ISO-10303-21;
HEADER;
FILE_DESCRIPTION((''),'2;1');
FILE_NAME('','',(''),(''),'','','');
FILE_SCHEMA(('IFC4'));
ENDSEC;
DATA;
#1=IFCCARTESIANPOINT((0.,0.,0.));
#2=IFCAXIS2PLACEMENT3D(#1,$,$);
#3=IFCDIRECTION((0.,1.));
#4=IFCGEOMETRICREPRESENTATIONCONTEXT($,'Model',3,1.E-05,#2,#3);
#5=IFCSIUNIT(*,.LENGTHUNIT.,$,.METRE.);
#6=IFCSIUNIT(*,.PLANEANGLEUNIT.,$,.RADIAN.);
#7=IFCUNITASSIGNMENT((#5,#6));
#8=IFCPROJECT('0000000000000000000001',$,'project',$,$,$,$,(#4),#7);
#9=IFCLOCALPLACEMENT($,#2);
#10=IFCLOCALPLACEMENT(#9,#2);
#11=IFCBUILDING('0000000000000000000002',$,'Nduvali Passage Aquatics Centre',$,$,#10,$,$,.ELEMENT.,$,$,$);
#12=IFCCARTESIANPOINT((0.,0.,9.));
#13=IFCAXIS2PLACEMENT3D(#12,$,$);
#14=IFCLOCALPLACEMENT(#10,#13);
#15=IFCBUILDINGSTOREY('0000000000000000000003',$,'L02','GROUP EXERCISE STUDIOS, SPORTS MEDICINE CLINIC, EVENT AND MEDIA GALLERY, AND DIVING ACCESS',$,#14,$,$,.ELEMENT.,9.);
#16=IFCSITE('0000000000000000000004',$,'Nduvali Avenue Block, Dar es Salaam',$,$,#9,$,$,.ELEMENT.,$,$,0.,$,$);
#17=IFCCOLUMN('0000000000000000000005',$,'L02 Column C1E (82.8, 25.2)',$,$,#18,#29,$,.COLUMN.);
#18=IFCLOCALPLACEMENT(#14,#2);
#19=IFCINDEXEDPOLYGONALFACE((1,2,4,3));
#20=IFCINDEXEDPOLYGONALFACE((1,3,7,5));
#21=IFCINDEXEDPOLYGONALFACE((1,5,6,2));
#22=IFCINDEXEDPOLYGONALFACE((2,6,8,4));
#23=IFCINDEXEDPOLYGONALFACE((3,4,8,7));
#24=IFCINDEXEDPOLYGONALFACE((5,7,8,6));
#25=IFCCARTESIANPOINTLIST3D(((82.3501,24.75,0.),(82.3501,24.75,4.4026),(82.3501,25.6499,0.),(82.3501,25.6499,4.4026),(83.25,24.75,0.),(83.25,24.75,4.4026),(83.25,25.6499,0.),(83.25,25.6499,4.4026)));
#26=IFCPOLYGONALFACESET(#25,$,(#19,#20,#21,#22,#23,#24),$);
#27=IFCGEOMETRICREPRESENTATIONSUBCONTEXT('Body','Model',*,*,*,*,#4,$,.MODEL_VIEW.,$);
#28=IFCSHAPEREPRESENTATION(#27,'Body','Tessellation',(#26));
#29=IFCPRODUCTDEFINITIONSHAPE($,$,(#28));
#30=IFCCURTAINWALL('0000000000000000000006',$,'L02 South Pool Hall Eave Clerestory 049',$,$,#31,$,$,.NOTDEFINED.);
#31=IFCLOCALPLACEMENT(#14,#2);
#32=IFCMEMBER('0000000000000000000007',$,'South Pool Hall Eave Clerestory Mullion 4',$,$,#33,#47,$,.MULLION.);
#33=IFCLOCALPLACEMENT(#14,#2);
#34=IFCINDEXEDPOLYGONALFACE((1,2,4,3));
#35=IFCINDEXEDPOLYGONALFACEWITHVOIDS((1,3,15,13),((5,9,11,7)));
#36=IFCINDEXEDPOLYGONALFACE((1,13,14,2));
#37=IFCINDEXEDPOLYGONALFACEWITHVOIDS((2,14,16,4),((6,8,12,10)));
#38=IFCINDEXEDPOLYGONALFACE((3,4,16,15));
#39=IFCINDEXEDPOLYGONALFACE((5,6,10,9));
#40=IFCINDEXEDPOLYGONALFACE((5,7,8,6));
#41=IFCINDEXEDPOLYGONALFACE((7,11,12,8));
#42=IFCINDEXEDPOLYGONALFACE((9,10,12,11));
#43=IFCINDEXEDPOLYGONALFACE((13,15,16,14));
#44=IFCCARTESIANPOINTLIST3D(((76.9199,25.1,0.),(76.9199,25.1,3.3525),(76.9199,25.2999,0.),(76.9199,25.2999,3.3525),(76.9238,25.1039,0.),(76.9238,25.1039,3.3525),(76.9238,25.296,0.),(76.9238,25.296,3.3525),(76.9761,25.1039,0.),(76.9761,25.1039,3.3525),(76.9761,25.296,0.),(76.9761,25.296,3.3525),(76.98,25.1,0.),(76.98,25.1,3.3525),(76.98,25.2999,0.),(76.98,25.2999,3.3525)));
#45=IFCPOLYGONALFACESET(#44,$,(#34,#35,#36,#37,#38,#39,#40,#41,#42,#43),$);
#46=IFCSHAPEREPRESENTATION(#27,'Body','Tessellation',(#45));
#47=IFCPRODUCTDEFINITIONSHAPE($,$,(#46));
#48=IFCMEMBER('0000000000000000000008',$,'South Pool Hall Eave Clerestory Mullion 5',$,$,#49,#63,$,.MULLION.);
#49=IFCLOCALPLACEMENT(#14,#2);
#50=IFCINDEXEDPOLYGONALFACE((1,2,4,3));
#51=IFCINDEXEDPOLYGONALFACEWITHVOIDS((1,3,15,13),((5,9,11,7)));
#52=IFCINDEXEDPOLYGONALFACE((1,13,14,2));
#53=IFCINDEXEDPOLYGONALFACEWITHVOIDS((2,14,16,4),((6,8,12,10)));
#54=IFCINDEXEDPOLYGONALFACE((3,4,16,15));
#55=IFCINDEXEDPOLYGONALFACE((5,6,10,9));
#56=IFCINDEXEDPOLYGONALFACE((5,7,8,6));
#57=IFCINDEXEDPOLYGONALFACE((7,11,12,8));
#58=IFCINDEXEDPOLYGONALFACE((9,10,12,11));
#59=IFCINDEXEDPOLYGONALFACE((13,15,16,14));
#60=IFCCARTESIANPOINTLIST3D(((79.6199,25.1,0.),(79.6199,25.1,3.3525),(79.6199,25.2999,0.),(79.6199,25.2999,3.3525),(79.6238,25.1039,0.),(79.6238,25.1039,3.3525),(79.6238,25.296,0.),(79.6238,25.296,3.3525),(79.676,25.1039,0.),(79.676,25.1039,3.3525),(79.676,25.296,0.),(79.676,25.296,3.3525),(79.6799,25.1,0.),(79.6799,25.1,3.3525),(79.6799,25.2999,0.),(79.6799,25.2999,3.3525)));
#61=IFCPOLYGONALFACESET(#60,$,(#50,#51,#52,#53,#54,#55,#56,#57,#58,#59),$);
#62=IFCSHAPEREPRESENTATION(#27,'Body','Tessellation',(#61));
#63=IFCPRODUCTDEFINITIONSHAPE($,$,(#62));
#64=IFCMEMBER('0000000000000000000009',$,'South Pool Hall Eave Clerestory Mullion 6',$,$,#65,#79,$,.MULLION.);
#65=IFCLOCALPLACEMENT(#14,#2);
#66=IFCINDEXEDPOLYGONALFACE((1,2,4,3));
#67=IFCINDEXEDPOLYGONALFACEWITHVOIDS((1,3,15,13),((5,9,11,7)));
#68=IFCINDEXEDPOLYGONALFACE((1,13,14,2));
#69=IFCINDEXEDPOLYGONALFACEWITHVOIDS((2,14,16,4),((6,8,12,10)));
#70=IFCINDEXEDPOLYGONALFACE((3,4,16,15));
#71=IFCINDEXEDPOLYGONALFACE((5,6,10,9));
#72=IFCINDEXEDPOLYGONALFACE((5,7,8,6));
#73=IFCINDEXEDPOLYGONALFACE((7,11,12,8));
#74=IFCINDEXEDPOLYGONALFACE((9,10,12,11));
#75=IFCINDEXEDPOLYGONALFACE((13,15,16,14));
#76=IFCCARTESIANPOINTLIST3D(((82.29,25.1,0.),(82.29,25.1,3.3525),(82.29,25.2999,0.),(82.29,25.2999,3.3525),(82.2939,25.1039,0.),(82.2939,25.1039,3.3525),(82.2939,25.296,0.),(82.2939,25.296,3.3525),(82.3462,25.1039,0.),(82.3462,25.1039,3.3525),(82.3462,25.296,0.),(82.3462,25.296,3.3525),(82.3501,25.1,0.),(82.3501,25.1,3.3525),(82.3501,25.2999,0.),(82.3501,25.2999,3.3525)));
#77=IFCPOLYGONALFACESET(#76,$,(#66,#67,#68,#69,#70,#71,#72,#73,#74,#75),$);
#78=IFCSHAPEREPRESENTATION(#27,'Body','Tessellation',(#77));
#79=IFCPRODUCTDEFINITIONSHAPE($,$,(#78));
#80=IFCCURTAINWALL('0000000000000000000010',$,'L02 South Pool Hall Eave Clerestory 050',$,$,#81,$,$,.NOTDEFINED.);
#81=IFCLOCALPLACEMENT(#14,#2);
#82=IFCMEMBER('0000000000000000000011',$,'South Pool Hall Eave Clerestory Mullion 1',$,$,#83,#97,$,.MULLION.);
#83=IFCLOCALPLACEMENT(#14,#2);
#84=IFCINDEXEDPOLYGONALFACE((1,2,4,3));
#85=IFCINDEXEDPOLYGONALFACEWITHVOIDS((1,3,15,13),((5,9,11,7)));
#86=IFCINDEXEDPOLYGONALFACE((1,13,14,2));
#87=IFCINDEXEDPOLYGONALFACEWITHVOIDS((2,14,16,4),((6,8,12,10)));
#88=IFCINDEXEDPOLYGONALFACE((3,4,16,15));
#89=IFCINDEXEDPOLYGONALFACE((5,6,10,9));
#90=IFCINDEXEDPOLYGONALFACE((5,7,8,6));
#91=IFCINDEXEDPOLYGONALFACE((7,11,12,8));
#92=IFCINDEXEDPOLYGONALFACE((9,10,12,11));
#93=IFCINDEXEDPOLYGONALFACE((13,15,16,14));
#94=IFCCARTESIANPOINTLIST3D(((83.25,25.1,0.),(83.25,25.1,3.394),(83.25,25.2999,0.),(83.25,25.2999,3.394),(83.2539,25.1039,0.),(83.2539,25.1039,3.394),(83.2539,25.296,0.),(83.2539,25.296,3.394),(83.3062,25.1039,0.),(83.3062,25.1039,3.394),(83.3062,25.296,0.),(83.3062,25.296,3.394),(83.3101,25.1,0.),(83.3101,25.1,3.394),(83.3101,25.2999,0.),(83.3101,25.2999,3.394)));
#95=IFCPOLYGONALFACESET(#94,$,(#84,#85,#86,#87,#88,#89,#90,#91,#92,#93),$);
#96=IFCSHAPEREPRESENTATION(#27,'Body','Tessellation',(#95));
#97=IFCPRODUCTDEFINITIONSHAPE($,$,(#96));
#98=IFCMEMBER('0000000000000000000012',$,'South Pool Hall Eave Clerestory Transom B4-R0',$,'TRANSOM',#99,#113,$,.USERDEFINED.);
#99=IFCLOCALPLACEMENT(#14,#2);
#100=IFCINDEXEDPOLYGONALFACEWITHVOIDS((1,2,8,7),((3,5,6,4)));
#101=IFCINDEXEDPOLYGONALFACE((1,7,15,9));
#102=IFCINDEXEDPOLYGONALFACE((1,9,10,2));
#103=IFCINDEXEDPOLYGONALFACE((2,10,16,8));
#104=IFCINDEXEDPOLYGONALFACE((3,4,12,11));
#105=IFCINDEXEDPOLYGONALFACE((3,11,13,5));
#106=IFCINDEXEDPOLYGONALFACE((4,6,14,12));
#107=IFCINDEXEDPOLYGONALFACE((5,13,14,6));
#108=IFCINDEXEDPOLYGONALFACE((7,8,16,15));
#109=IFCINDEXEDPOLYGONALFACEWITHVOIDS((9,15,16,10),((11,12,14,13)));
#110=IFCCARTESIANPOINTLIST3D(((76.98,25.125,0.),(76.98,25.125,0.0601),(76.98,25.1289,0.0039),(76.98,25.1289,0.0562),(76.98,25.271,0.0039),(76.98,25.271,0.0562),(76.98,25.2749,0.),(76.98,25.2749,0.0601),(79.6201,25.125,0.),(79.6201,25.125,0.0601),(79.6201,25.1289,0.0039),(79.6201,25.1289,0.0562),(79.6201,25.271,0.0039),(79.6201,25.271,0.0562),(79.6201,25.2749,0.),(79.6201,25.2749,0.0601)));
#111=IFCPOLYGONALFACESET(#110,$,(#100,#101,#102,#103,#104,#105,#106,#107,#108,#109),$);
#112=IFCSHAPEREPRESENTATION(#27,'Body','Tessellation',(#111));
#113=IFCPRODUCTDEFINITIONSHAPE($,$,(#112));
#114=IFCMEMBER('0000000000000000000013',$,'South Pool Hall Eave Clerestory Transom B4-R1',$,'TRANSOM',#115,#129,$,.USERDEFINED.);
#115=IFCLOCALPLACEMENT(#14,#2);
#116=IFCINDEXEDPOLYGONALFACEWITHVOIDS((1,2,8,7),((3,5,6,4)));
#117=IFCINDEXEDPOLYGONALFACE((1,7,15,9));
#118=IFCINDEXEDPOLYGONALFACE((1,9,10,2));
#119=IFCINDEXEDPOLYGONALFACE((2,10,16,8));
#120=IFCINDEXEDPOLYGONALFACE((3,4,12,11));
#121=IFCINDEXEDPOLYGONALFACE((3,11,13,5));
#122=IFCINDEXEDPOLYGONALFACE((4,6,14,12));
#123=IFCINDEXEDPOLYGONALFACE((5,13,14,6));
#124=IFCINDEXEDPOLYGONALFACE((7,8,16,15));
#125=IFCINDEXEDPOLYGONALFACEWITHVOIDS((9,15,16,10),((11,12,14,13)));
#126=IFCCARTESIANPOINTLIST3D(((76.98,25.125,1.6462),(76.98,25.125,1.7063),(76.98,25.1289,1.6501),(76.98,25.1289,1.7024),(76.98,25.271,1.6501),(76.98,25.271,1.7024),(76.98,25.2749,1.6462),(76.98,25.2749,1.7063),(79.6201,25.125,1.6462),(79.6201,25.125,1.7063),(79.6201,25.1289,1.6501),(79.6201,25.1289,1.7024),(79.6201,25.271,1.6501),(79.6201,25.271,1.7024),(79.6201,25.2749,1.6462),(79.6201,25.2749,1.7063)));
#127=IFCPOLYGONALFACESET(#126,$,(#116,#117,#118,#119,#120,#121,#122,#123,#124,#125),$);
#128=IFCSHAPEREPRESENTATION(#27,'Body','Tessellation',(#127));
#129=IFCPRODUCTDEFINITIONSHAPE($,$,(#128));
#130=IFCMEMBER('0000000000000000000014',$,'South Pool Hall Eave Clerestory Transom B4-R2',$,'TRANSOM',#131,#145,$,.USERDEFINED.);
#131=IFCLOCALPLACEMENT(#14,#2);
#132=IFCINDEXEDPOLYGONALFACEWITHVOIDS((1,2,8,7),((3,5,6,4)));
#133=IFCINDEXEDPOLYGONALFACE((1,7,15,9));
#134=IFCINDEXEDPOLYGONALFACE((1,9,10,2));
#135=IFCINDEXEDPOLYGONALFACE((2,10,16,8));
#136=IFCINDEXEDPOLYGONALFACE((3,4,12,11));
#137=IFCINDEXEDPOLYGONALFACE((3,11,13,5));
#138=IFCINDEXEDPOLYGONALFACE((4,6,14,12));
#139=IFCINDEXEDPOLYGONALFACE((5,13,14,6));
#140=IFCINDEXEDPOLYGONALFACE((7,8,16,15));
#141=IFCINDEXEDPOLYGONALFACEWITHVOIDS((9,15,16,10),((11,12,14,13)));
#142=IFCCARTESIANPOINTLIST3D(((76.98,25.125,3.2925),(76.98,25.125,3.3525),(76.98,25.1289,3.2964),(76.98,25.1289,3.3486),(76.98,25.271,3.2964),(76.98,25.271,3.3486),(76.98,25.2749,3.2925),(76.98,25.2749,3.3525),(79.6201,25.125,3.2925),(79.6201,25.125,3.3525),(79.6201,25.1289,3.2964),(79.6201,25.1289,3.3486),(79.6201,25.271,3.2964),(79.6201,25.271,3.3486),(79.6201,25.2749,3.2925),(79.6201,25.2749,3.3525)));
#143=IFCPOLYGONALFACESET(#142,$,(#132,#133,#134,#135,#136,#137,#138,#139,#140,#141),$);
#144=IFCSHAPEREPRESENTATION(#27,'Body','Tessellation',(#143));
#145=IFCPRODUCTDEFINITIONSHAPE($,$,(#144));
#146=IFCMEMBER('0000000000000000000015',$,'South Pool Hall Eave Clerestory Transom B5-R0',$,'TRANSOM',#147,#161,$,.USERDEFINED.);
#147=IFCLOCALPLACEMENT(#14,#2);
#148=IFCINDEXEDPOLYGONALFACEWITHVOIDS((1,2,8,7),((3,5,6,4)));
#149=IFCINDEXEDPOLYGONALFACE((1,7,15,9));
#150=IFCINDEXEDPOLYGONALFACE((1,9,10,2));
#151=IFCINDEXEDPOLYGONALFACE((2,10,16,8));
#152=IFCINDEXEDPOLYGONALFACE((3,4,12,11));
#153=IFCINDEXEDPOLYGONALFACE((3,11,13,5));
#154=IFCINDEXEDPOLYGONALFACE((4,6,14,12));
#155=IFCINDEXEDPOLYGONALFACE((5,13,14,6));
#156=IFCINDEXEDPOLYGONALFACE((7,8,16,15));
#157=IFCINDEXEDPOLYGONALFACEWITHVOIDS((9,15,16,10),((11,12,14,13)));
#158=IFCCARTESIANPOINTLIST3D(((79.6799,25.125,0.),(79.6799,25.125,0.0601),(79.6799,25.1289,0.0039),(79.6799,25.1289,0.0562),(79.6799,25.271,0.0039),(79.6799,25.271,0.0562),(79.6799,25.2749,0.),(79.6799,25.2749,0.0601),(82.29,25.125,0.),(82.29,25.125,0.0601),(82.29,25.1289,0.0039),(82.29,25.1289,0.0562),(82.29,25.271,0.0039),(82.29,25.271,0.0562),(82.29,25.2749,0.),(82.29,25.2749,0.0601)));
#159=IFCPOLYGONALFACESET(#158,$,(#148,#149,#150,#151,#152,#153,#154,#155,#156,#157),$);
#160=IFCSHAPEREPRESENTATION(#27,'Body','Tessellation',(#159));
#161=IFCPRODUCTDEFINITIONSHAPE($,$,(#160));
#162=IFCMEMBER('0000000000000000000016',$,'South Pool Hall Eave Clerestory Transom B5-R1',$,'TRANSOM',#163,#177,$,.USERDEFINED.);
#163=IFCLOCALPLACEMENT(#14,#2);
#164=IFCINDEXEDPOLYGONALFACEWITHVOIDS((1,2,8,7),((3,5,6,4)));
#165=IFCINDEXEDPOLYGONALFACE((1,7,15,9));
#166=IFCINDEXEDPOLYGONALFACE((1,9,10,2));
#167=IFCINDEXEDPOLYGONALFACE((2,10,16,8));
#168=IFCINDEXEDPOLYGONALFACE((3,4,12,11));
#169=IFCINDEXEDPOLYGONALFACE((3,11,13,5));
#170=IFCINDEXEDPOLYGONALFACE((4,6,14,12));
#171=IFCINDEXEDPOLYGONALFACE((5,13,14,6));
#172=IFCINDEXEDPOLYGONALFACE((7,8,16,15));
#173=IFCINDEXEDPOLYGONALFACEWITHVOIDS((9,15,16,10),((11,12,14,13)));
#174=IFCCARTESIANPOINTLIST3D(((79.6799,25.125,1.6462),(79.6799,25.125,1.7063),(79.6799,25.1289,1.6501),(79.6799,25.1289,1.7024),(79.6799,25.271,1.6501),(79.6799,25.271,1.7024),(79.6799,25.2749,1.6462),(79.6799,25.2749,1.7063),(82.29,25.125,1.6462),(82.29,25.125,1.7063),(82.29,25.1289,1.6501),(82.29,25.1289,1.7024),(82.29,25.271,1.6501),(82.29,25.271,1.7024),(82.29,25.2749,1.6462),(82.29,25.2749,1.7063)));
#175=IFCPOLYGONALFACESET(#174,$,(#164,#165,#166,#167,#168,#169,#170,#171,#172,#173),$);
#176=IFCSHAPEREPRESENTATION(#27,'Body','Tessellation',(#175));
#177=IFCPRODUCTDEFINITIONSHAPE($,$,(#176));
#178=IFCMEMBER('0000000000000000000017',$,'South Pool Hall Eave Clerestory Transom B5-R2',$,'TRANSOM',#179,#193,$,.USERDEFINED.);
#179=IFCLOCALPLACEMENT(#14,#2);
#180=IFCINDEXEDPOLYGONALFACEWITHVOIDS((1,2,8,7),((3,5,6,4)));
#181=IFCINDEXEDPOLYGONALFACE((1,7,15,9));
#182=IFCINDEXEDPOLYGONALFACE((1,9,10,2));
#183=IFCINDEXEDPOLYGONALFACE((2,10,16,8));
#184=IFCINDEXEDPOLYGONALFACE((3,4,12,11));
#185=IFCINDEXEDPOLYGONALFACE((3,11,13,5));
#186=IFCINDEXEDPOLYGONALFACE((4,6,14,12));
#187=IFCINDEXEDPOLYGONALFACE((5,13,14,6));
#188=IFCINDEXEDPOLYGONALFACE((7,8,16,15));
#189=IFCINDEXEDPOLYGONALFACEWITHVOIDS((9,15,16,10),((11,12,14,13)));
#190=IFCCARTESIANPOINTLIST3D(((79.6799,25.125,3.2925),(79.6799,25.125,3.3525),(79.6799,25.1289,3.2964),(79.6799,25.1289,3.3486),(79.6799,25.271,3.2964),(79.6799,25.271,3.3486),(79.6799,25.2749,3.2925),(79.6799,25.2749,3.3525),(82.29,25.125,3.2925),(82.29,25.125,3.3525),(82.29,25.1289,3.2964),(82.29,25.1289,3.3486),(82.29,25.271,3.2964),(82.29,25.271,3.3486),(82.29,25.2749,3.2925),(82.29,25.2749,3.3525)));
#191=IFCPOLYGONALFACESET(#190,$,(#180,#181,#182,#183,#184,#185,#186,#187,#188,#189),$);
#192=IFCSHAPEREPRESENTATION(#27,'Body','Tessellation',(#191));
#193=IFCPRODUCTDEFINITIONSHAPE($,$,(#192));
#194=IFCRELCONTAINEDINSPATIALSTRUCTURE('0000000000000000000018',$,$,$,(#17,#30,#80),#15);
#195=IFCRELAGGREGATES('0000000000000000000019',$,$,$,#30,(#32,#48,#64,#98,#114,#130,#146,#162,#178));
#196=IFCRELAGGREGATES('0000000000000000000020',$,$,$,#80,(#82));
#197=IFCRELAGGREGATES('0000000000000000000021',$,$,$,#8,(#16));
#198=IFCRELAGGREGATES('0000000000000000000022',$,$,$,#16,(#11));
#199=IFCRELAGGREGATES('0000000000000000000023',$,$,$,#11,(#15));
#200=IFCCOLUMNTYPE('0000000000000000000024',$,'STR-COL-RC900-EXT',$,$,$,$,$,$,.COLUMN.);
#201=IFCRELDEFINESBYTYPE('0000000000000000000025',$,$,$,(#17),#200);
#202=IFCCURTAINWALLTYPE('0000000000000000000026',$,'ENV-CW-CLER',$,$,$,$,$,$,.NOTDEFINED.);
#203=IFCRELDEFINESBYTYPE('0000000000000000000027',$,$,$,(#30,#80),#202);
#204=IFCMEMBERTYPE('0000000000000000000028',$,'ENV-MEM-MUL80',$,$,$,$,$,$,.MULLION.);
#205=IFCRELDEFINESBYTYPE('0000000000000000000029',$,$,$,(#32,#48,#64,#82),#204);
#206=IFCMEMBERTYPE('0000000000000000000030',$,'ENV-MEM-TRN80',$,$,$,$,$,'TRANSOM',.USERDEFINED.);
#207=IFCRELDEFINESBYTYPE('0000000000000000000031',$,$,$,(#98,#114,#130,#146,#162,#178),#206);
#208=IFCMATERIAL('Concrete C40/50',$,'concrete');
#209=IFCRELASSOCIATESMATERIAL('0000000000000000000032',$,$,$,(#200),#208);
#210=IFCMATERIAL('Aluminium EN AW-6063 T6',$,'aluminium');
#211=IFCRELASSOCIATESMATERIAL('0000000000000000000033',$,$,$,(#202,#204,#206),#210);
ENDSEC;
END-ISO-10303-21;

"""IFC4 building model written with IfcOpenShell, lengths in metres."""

from ifc_helpers import new_model, si_unit, direction, frame, origin, origin_2d, place, context, subcontext, project, spatial, rectangle, hollow_rectangle, extrude, material, material_profile, profile_set, type_object, element, aggregate, save


model = new_model("IFC4")

# Units and contexts
model_context = context("Model", 3, precision=1e-05, world=origin(), true_north=direction((0.0, 1.0)))
body_context = subcontext(model_context, "Body", "Model", "MODEL_VIEW")
ifc_project = project(units=[si_unit("LENGTHUNIT", "METRE"), si_unit("PLANEANGLEUNIT", "RADIAN")], contexts=[model_context])

# Site, building, storey
site_placement = place(None, origin())
site = spatial("IfcSite", under=ifc_project, at=site_placement, Name="Nduvali Avenue Block, Dar es Salaam", CompositionType="ELEMENT", RefElevation=0.0)
building_placement = place(site_placement, origin())
building = spatial("IfcBuilding", under=site, at=building_placement, Name="Nduvali Passage Aquatics Centre", CompositionType="ELEMENT")
storey_placement = place(building_placement, frame((0.0, 0.0, 9.0)))
storey = spatial("IfcBuildingStorey", under=building, at=storey_placement, Name="L02", Description="GROUP EXERCISE STUDIOS, SPORTS MEDICINE CLINIC, EVENT AND MEDIA GALLERY, AND DIVING ACCESS", CompositionType="ELEMENT", Elevation=9.0)

# Column
ifc_material_1 = material(Name="Concrete C40/50", Category="concrete")
ifc_material_profile_1 = material_profile(ifc_material_1, rectangle(XDim=0.8999, YDim=0.8999, at=origin_2d()), Name="RC 900x900")
ifc_profile_set_1 = profile_set([ifc_material_profile_1], Name="Concrete C40/50")
column_type = type_object("IfcColumnType", Name="STR-COL-RC900-EXT", PredefinedType="COLUMN", material=ifc_profile_set_1)
column_placement = place(storey_placement, frame((82.8, 25.2, 0.0), z_axis=(0.0, 0.0, 1.0), x_axis=(1.0, 0.0, 0.0)))
element("IfcColumn", 1, at=column_placement, inside=storey, type_object=column_type, Name="L02 Column C1E (82.8, 25.2)", PredefinedType="COLUMN", context=body_context, shape_type="SweptSolid", body=[
    extrude(rectangle(XDim=0.8999, YDim=0.8999, at=origin_2d()), origin(), (0.0, 0.0, 1.0), 4.4026),
])

# Curtain wall, members
ifc_material_2 = material(Name="Aluminium EN AW-6063 T6", Category="aluminium")
curtain_wall_type = type_object("IfcCurtainWallType", Name="ENV-CW-CLER", PredefinedType="NOTDEFINED", material=ifc_material_2)
curtain_wall_1_placement = place(storey_placement, origin())
curtain_wall_1 = element("IfcCurtainWall", 2, at=curtain_wall_1_placement, inside=storey, type_object=curtain_wall_type, Name="L02 South Pool Hall Eave Clerestory 049", PredefinedType="NOTDEFINED")
ifc_material_profile_2 = material_profile(ifc_material_2, hollow_rectangle(XDim=0.0601, YDim=0.2, WallThickness=0.0039, at=origin_2d()), Name="ALU MULLION 60x200x4")
ifc_profile_set_2 = profile_set([ifc_material_profile_2], Name="Aluminium EN AW-6063 T6")
member_type_1 = type_object("IfcMemberType", Name="ENV-MEM-MUL80", PredefinedType="MULLION", material=ifc_profile_set_2)
member_1_placement = place(storey_placement, frame((76.95, 25.2, 0.0), z_axis=(0.0, 0.0, 1.0), x_axis=(1.0, 0.0, 0.0)))
member_1 = element("IfcMember", 3, at=member_1_placement, type_object=member_type_1, Name="South Pool Hall Eave Clerestory Mullion 4", PredefinedType="MULLION", context=body_context, shape_type="SweptSolid", body=[
    extrude(hollow_rectangle(XDim=0.0601, YDim=0.2, WallThickness=0.0039, at=origin_2d()), origin(), (0.0, 0.0, 1.0), 3.3525),
])
member_2_placement = place(storey_placement, frame((79.6499, 25.2, 0.0), z_axis=(0.0, 0.0, 1.0), x_axis=(1.0, 0.0, 0.0)))
member_2 = element("IfcMember", 4, at=member_2_placement, type_object=member_type_1, Name="South Pool Hall Eave Clerestory Mullion 5", PredefinedType="MULLION", context=body_context, shape_type="SweptSolid", body=[
    extrude(hollow_rectangle(XDim=0.0601, YDim=0.2, WallThickness=0.0039, at=origin_2d()), origin(), (0.0, 0.0, 1.0), 3.3525),
])
member_3_placement = place(storey_placement, frame((82.3201, 25.2, 0.0), z_axis=(0.0, 0.0, 1.0), x_axis=(1.0, 0.0, 0.0)))
member_3 = element("IfcMember", 5, at=member_3_placement, type_object=member_type_1, Name="South Pool Hall Eave Clerestory Mullion 6", PredefinedType="MULLION", context=body_context, shape_type="SweptSolid", body=[
    extrude(hollow_rectangle(XDim=0.0601, YDim=0.2, WallThickness=0.0039, at=origin_2d()), origin(), (0.0, 0.0, 1.0), 3.3525),
])

# Curtain wall, member
curtain_wall_2_placement = place(storey_placement, origin())
curtain_wall_2 = element("IfcCurtainWall", 6, at=curtain_wall_2_placement, inside=storey, type_object=curtain_wall_type, Name="L02 South Pool Hall Eave Clerestory 050", PredefinedType="NOTDEFINED")
member_4_placement = place(storey_placement, frame((83.28, 25.2, 0.0), z_axis=(0.0, 0.0, 1.0), x_axis=(1.0, 0.0, 0.0)))
member_4 = element("IfcMember", 7, at=member_4_placement, type_object=member_type_1, Name="South Pool Hall Eave Clerestory Mullion 1", PredefinedType="MULLION", context=body_context, shape_type="SweptSolid", body=[
    extrude(hollow_rectangle(XDim=0.0601, YDim=0.2, WallThickness=0.0039, at=origin_2d()), origin(), (0.0, 0.0, 1.0), 3.394),
])

# Members
ifc_material_profile_3 = material_profile(ifc_material_2, hollow_rectangle(XDim=0.1499, YDim=0.0601, WallThickness=0.0039, at=origin_2d()), Name="ALU TRANSOM 150x60x4")
ifc_profile_set_3 = profile_set([ifc_material_profile_3], Name="Aluminium EN AW-6063 T6")
member_type_2 = type_object("IfcMemberType", Name="ENV-MEM-TRN80", ElementType="TRANSOM", PredefinedType="USERDEFINED", material=ifc_profile_set_3)
member_5_placement = place(storey_placement, frame((76.98, 25.2, 0.03), z_axis=(1.0, 0.0, 0.0), x_axis=(0.0, 1.0, 0.0)))
member_5 = element("IfcMember", 8, at=member_5_placement, type_object=member_type_2, Name="South Pool Hall Eave Clerestory Transom B4-R0", ObjectType="TRANSOM", PredefinedType="USERDEFINED", context=body_context, shape_type="SweptSolid", body=[
    extrude(hollow_rectangle(XDim=0.1499, YDim=0.0601, WallThickness=0.0039, at=origin_2d()), origin(), (0.0, 0.0, 1.0), 2.6401),
])
member_6_placement = place(storey_placement, frame((76.98, 25.2, 1.6763), z_axis=(1.0, 0.0, 0.0), x_axis=(0.0, 1.0, 0.0)))
member_6 = element("IfcMember", 9, at=member_6_placement, type_object=member_type_2, Name="South Pool Hall Eave Clerestory Transom B4-R1", ObjectType="TRANSOM", PredefinedType="USERDEFINED", context=body_context, shape_type="SweptSolid", body=[
    extrude(hollow_rectangle(XDim=0.1499, YDim=0.0601, WallThickness=0.0039, at=origin_2d()), origin(), (0.0, 0.0, 1.0), 2.6401),
])
member_7_placement = place(storey_placement, frame((76.98, 25.2, 3.3225), z_axis=(1.0, 0.0, 0.0), x_axis=(0.0, 1.0, 0.0)))
member_7 = element("IfcMember", 10, at=member_7_placement, type_object=member_type_2, Name="South Pool Hall Eave Clerestory Transom B4-R2", ObjectType="TRANSOM", PredefinedType="USERDEFINED", context=body_context, shape_type="SweptSolid", body=[
    extrude(hollow_rectangle(XDim=0.1499, YDim=0.0601, WallThickness=0.0039, at=origin_2d()), origin(), (0.0, 0.0, 1.0), 2.6401),
])
member_8_placement = place(storey_placement, frame((79.6799, 25.2, 0.03), z_axis=(1.0, 0.0, 0.0), x_axis=(0.0, 1.0, 0.0)))
member_8 = element("IfcMember", 11, at=member_8_placement, type_object=member_type_2, Name="South Pool Hall Eave Clerestory Transom B5-R0", ObjectType="TRANSOM", PredefinedType="USERDEFINED", context=body_context, shape_type="SweptSolid", body=[
    extrude(hollow_rectangle(XDim=0.1499, YDim=0.0601, WallThickness=0.0039, at=origin_2d()), origin(), (0.0, 0.0, 1.0), 2.6101),
])
member_9_placement = place(storey_placement, frame((79.6799, 25.2, 1.6763), z_axis=(1.0, 0.0, 0.0), x_axis=(0.0, 1.0, 0.0)))
member_9 = element("IfcMember", 12, at=member_9_placement, type_object=member_type_2, Name="South Pool Hall Eave Clerestory Transom B5-R1", ObjectType="TRANSOM", PredefinedType="USERDEFINED", context=body_context, shape_type="SweptSolid", body=[
    extrude(hollow_rectangle(XDim=0.1499, YDim=0.0601, WallThickness=0.0039, at=origin_2d()), origin(), (0.0, 0.0, 1.0), 2.6101),
])
member_10_placement = place(storey_placement, frame((79.6799, 25.2, 3.3225), z_axis=(1.0, 0.0, 0.0), x_axis=(0.0, 1.0, 0.0)))
member_10 = element("IfcMember", 13, at=member_10_placement, type_object=member_type_2, Name="South Pool Hall Eave Clerestory Transom B5-R2", ObjectType="TRANSOM", PredefinedType="USERDEFINED", context=body_context, shape_type="SweptSolid", body=[
    extrude(hollow_rectangle(XDim=0.1499, YDim=0.0601, WallThickness=0.0039, at=origin_2d()), origin(), (0.0, 0.0, 1.0), 2.6101),
])

aggregate(curtain_wall_1, [member_1, member_2, member_3, member_5, member_6, member_7, member_8, member_9, member_10])
aggregate(curtain_wall_2, [member_4])

save(model, "model.ifc")
